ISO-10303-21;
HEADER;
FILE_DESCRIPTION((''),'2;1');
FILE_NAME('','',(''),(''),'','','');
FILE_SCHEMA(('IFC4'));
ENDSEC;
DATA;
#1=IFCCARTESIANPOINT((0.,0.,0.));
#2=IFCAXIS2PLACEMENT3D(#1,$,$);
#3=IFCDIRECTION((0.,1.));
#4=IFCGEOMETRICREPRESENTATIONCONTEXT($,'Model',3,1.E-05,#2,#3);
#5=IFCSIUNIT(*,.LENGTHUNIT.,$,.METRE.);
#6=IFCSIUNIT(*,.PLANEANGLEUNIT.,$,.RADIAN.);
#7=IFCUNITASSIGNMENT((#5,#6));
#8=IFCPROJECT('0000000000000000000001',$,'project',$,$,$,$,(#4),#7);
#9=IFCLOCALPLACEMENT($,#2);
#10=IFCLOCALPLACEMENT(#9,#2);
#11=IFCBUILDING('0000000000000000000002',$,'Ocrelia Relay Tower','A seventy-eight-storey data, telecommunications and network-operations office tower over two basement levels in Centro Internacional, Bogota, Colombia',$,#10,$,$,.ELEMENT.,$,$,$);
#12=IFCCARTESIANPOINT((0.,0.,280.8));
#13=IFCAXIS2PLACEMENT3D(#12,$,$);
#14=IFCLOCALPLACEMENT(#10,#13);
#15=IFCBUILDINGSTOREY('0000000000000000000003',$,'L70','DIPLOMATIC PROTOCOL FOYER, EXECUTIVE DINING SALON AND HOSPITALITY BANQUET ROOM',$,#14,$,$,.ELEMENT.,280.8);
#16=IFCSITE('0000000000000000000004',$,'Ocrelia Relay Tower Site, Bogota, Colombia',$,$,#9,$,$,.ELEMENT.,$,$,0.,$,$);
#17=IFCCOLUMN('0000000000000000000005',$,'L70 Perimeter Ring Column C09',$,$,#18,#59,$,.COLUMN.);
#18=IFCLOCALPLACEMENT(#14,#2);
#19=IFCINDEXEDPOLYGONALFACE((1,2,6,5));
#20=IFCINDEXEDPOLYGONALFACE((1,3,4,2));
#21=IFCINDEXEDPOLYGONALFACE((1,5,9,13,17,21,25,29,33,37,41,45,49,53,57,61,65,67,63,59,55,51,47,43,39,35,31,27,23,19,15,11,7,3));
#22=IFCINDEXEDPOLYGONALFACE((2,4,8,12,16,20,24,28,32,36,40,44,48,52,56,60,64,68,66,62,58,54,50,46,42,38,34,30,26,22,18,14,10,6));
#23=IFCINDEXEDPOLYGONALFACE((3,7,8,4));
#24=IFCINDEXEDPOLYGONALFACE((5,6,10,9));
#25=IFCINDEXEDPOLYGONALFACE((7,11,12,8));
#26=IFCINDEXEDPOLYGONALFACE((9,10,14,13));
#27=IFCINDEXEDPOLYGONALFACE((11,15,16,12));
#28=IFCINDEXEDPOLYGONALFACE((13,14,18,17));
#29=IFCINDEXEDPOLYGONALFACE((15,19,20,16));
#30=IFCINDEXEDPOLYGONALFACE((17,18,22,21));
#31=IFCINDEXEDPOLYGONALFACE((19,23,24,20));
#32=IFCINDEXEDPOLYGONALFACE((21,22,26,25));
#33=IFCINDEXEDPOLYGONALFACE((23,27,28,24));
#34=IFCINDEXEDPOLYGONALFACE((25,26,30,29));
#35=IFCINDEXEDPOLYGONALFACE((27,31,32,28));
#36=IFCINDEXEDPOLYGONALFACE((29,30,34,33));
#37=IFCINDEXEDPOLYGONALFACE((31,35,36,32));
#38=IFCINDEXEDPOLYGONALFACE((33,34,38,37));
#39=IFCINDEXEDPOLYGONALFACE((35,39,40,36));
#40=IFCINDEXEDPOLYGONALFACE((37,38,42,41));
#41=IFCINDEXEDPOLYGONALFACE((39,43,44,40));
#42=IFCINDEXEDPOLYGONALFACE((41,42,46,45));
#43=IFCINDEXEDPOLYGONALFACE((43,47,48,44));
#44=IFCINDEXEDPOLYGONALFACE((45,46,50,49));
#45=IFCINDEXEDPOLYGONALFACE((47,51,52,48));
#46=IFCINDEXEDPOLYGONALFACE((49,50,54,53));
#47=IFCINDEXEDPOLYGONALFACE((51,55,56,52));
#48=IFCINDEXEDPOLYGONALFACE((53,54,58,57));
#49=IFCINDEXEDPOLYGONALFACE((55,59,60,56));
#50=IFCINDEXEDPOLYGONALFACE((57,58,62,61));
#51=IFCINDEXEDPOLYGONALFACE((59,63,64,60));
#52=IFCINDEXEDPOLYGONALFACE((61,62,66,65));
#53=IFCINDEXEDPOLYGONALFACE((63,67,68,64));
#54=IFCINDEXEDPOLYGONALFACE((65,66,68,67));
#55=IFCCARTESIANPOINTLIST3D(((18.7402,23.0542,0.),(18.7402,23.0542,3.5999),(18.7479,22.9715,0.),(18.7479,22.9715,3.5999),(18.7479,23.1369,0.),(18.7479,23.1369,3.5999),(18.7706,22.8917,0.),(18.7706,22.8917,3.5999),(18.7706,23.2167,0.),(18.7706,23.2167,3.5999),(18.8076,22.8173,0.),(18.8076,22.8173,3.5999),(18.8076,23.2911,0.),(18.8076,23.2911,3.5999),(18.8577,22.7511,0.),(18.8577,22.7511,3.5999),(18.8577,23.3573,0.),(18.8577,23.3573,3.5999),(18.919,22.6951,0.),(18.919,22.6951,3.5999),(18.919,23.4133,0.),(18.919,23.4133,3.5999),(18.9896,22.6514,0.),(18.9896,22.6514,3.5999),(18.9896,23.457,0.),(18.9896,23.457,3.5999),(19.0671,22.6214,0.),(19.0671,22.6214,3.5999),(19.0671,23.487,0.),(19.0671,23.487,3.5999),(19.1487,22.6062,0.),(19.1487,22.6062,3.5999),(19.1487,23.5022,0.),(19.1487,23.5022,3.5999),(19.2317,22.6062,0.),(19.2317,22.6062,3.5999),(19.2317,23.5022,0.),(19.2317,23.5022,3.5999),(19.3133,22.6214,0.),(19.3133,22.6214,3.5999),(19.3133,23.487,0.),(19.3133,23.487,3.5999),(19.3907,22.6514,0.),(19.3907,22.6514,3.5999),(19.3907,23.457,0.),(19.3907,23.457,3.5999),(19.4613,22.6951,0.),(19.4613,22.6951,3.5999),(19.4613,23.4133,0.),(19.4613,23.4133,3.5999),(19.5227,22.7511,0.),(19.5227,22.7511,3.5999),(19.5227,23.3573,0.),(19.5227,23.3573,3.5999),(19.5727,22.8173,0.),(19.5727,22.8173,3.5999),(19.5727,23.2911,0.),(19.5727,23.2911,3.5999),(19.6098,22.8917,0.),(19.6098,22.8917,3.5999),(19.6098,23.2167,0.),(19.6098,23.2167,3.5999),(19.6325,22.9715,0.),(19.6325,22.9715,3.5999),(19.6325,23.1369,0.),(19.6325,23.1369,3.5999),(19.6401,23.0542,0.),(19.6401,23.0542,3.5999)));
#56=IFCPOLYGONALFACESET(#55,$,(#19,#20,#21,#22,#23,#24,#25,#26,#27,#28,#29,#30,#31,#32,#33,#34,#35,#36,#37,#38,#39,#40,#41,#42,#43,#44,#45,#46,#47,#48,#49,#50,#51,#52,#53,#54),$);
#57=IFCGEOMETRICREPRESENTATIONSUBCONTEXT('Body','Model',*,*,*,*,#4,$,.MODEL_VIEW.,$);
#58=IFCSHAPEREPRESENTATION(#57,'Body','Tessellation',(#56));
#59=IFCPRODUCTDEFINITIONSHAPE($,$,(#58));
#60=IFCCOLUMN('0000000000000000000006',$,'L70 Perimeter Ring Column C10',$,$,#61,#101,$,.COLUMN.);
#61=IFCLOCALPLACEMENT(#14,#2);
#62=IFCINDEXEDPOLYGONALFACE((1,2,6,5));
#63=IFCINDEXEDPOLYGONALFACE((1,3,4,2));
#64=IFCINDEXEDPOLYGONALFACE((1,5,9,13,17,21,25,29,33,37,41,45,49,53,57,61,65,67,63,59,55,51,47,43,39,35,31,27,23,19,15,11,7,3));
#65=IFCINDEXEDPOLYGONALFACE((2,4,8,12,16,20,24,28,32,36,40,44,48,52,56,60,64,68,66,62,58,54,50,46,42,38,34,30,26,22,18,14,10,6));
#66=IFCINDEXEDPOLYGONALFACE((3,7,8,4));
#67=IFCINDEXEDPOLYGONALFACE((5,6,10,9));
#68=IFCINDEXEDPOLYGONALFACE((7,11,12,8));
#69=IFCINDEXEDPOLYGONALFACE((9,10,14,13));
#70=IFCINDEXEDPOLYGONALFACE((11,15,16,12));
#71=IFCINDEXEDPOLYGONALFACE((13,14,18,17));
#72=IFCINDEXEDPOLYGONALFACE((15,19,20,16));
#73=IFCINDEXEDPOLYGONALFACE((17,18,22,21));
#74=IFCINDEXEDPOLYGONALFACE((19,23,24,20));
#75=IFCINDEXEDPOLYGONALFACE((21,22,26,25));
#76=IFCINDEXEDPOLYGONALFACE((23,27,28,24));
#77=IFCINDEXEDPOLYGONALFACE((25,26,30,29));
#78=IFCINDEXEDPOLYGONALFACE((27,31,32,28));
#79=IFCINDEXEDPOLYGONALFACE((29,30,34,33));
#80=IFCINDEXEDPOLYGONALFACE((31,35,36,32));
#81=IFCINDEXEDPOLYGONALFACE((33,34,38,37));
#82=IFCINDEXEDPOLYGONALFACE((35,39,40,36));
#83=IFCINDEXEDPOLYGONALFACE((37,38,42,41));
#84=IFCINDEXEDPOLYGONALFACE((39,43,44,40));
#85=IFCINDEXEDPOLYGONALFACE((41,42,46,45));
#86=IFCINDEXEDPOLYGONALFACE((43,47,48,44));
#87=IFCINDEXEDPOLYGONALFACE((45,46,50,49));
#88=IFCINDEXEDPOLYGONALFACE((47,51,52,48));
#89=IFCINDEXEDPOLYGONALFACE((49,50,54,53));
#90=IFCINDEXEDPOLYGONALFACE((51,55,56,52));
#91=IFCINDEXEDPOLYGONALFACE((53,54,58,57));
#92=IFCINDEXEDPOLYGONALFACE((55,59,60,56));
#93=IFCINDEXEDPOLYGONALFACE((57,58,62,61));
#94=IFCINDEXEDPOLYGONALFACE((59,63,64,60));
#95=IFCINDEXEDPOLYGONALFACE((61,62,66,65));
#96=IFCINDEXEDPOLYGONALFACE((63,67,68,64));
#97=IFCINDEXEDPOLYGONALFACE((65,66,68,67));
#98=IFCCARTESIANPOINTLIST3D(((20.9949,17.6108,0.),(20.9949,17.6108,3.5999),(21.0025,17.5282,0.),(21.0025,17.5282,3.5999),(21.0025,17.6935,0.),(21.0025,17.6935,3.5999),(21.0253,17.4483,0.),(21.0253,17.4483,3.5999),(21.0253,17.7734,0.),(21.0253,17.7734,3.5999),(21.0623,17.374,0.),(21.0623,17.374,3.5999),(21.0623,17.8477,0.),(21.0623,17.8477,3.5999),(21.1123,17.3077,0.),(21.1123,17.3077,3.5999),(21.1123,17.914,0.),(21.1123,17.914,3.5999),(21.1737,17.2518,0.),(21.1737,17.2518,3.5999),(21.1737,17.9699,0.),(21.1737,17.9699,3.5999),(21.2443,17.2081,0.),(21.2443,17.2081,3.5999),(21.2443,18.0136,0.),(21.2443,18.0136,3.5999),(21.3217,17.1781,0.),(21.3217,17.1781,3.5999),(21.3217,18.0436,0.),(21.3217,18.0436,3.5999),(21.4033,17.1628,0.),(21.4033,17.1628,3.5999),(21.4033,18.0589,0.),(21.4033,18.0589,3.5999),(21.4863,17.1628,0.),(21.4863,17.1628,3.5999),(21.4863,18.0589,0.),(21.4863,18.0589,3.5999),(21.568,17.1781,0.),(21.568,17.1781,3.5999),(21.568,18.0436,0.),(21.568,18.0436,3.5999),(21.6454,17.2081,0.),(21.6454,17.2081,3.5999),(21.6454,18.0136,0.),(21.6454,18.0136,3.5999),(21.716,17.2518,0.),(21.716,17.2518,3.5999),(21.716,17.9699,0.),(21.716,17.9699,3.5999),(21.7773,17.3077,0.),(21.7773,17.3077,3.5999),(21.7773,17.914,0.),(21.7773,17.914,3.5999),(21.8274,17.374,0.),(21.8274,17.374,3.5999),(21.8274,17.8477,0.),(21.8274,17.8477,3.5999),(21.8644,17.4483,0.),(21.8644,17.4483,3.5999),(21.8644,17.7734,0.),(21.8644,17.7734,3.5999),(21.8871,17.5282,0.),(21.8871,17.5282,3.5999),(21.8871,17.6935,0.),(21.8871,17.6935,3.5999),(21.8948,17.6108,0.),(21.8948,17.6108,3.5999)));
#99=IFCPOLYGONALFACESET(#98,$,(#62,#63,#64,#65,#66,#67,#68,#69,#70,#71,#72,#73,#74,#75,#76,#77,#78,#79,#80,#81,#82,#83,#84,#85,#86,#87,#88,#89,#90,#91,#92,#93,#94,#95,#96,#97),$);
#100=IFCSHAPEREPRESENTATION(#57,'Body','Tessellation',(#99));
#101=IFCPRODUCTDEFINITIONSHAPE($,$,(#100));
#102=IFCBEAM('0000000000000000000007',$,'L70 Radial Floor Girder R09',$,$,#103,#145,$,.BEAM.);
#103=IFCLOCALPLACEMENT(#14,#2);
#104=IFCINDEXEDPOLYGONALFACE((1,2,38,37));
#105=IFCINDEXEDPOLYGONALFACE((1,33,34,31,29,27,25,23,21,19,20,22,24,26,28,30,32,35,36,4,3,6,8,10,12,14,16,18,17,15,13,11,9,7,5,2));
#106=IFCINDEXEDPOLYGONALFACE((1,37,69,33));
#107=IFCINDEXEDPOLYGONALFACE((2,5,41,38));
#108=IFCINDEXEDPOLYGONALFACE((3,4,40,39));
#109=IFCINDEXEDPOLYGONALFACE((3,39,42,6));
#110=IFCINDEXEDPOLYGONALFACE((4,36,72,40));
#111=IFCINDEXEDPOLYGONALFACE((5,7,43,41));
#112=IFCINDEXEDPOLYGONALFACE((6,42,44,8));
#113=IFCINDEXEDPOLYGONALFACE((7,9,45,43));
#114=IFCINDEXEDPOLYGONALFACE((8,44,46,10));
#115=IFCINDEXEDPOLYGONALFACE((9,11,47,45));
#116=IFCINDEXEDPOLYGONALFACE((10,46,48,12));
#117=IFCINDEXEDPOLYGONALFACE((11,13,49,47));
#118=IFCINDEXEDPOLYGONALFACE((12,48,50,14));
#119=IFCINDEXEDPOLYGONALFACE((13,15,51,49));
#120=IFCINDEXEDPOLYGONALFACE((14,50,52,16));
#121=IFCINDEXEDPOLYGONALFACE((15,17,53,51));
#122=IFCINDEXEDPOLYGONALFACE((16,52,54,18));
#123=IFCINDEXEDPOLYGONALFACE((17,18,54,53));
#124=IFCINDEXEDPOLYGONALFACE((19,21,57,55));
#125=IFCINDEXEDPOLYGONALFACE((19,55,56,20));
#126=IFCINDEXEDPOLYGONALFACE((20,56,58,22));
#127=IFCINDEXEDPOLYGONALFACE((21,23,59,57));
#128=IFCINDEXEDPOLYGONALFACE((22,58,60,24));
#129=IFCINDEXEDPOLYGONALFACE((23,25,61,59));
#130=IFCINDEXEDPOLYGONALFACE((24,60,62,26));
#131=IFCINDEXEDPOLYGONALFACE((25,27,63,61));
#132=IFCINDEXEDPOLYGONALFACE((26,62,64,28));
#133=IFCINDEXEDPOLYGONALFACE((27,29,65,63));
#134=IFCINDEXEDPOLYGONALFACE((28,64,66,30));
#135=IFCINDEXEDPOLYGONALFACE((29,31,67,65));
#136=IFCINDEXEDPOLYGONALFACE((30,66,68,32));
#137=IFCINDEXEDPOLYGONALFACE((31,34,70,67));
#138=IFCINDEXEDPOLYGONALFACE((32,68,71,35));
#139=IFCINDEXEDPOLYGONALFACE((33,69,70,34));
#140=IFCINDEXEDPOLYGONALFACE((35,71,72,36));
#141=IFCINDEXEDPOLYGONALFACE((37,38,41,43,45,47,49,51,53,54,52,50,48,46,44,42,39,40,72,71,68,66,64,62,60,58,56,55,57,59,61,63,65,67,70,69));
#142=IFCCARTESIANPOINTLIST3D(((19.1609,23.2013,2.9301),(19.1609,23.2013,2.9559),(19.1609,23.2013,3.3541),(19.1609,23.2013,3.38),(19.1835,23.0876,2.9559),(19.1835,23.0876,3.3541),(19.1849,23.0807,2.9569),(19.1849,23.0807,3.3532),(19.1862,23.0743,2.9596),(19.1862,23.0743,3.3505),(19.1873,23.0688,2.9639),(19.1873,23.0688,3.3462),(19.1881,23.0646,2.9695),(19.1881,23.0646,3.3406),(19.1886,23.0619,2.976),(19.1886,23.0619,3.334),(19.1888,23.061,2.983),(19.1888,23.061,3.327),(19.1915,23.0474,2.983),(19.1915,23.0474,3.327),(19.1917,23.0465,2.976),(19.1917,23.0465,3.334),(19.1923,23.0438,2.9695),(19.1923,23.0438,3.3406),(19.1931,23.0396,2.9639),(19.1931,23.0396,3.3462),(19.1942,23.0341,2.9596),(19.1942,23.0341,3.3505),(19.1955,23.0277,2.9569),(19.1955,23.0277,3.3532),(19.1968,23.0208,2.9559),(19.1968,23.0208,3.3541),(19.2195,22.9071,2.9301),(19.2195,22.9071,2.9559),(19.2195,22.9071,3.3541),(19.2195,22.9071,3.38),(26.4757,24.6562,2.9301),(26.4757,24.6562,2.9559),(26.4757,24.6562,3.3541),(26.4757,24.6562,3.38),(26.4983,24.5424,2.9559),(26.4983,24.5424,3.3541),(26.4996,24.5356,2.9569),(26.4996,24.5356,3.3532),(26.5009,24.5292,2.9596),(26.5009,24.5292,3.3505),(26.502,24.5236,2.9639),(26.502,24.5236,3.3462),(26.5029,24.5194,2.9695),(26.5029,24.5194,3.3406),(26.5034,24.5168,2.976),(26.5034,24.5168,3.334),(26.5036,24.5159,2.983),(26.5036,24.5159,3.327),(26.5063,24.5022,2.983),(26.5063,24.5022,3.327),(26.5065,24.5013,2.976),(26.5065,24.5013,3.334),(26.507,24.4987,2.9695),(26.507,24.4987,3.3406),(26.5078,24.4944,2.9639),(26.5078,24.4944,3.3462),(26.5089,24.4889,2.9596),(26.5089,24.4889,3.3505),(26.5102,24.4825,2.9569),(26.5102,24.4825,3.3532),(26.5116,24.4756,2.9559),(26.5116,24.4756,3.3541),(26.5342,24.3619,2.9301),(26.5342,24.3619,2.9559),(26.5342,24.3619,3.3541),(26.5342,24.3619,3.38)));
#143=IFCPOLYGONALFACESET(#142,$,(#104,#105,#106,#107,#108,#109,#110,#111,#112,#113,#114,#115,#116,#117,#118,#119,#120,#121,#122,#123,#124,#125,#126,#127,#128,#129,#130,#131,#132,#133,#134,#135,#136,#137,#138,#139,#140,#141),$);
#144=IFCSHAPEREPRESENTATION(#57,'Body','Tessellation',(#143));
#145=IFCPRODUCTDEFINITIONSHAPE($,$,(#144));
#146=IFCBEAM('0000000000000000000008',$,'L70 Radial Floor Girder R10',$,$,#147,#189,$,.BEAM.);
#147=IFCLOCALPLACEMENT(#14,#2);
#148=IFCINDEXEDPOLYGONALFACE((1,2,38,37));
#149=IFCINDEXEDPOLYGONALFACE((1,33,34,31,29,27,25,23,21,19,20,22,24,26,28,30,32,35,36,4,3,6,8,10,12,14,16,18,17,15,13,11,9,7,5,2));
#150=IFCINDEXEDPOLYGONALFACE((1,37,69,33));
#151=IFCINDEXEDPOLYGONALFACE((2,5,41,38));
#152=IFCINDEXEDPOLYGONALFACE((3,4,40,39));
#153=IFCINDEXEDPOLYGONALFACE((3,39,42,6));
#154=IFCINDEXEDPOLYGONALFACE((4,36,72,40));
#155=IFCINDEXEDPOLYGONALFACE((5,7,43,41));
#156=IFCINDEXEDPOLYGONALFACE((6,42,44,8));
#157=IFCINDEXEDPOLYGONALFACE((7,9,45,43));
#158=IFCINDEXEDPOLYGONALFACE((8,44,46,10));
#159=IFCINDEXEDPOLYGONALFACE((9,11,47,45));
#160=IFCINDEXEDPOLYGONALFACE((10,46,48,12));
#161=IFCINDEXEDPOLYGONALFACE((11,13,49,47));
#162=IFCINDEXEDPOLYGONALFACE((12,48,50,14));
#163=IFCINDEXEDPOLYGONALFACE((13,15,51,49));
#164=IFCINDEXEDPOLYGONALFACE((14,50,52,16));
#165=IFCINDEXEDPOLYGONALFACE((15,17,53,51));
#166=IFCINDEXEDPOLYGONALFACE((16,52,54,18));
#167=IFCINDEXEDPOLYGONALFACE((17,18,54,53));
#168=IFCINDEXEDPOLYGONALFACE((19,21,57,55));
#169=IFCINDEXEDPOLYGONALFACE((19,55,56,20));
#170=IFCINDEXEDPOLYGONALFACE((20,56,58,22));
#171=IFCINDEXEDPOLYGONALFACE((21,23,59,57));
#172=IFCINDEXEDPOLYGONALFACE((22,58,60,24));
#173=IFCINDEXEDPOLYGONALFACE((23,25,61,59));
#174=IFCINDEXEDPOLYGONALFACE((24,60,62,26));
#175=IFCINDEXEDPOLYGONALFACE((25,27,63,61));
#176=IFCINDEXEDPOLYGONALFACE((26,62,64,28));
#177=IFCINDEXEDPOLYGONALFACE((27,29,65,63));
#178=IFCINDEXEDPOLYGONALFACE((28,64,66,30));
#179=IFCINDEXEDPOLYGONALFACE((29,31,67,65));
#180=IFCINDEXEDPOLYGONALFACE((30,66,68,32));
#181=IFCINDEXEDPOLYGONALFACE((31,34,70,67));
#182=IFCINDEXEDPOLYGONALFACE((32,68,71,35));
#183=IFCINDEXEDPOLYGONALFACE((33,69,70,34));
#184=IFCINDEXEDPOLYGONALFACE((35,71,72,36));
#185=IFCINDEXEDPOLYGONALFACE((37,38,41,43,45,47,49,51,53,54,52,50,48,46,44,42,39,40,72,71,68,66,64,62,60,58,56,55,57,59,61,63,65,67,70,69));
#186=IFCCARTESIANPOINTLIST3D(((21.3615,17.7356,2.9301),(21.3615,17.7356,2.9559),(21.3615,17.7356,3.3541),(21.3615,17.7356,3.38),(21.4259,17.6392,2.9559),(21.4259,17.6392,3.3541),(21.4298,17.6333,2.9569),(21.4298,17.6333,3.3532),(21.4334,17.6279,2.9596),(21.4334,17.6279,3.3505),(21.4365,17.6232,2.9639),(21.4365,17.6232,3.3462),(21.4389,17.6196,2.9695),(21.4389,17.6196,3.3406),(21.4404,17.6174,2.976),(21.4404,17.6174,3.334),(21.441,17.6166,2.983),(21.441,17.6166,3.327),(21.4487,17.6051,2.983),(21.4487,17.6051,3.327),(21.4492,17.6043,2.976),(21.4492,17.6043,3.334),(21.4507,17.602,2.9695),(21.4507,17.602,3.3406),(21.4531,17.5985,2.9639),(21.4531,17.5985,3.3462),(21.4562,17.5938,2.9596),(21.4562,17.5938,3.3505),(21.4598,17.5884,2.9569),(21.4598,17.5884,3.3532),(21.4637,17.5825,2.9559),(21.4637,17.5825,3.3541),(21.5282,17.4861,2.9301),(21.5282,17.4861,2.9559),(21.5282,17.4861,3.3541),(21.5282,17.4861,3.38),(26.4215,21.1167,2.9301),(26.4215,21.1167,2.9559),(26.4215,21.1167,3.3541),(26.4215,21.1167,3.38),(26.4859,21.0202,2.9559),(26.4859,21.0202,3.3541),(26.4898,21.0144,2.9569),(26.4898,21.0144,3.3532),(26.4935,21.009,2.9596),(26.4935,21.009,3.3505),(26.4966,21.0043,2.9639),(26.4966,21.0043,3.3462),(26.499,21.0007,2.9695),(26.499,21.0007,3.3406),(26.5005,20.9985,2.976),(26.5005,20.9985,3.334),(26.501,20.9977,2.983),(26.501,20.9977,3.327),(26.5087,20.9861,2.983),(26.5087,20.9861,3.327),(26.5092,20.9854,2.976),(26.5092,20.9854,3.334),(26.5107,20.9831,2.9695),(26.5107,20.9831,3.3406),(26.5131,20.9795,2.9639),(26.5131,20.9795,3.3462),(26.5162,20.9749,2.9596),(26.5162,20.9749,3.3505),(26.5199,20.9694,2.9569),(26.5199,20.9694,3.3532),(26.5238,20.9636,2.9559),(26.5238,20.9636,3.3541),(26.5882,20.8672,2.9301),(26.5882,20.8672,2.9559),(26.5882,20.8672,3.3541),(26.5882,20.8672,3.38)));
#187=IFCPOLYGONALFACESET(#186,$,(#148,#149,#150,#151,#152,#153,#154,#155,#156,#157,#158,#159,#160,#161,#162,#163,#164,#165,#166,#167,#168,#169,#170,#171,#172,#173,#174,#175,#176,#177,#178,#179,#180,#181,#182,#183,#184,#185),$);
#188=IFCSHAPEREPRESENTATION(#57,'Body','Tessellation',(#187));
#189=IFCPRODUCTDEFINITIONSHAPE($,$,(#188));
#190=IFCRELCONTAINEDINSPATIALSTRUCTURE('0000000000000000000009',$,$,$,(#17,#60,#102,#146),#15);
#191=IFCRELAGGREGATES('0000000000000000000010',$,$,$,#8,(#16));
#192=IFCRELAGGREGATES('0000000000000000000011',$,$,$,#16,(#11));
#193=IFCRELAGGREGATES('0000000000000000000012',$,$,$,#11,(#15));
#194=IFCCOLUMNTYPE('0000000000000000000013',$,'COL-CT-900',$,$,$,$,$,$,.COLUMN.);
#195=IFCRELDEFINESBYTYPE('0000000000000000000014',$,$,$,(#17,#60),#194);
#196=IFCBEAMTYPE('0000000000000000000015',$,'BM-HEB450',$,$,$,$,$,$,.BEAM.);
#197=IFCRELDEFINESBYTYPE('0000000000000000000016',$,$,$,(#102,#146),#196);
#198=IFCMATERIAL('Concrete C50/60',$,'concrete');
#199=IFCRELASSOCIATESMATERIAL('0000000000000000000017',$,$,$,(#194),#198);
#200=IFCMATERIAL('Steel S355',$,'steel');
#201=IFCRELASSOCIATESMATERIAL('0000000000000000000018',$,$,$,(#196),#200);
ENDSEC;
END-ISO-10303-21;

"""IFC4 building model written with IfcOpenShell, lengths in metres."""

from ifc_helpers import new_model, si_unit, direction, frame, origin, origin_2d, place, context, subcontext, project, spatial, circle, i_section, extrude, material, material_profile, profile_set, type_object, element, save


model = new_model("IFC4")

# Units and contexts
model_context = context("Model", 3, precision=1e-05, world=origin(), true_north=direction((0.0, 1.0)))
body_context = subcontext(model_context, "Body", "Model", "MODEL_VIEW")
ifc_project = project(units=[si_unit("LENGTHUNIT", "METRE"), si_unit("PLANEANGLEUNIT", "RADIAN")], contexts=[model_context])

# Site, building, storey
site_placement = place(None, origin())
site = spatial("IfcSite", under=ifc_project, at=site_placement, Name="Ocrelia Relay Tower Site, Bogota, Colombia", CompositionType="ELEMENT", RefElevation=0.0)
building_placement = place(site_placement, origin())
building = spatial("IfcBuilding", under=site, at=building_placement, Name="Ocrelia Relay Tower", Description="A seventy-eight-storey data, telecommunications and network-operations office tower over two basement levels in Centro Internacional, Bogota, Colombia", CompositionType="ELEMENT")
storey_placement = place(building_placement, frame((0.0, 0.0, 280.8)))
storey = spatial("IfcBuildingStorey", under=building, at=storey_placement, Name="L70", Description="DIPLOMATIC PROTOCOL FOYER, EXECUTIVE DINING SALON AND HOSPITALITY BANQUET ROOM", CompositionType="ELEMENT", Elevation=280.8)

# Columns
ifc_material_1 = material(Name="Concrete C50/60", Category="concrete")
ifc_material_profile_1 = material_profile(ifc_material_1, circle(Radius=0.45, at=origin_2d()), Name="RC-CIR-900")
ifc_profile_set_1 = profile_set([ifc_material_profile_1], Name="Concrete C50/60")
column_type = type_object("IfcColumnType", Name="COL-CT-900", PredefinedType="COLUMN", material=ifc_profile_set_1)
for number, where, z_axis, x_axis, name in (
    (1, (19.1902, 23.0542, 0.0), (0.0, 0.0, 1.0), (1.0, 0.0, 0.0), "L70 Perimeter Ring Column C09"),
    (2, (21.4448, 17.6108, 0.0), (0.0, 0.0, 1.0), (1.0, 0.0, 0.0), "L70 Perimeter Ring Column C10"),
):
    element("IfcColumn", number, at=place(storey_placement, frame(where, z_axis=z_axis, x_axis=x_axis)), inside=storey, type_object=column_type, Name=name, PredefinedType="COLUMN", context=body_context, shape_type="SweptSolid", body=[
        extrude(circle(Radius=0.45, at=origin_2d()), origin(), (0.0, 0.0, 1.0), 3.5999),
    ])

# Beams
ifc_material_2 = material(Name="Steel S355", Category="steel")
ifc_material_profile_2 = material_profile(ifc_material_2, i_section(OverallWidth=0.3, OverallDepth=0.45, WebThickness=0.0139, FlangeThickness=0.0259, FilletRadius=0.0271, at=origin_2d()), Name="HEB 450")
ifc_profile_set_2 = profile_set([ifc_material_profile_2], Name="Steel S355")
beam_type_1 = type_object("IfcBeamType", Name="BM-HEB450", PredefinedType="BEAM", material=ifc_profile_set_2)
beam_1_placement = place(storey_placement, frame((19.1902, 23.0542, 3.155), z_axis=(0.980789, 0.195071, 0.0), x_axis=(-0.195071, 0.980789, 0.0)))
element("IfcBeam", 3, at=beam_1_placement, inside=storey, type_object=beam_type_1, Name="L70 Radial Floor Girder R09", PredefinedType="BEAM", context=body_context, shape_type="SweptSolid", body=[
    extrude(i_section(OverallWidth=0.3, OverallDepth=0.45, WebThickness=0.0139, FlangeThickness=0.0259, FilletRadius=0.0271, at=origin_2d()), origin(), (0.0, 0.0, 1.0), 7.458),
])
beam_2_placement = place(storey_placement, frame((21.4448, 17.6108, 3.155), z_axis=(0.831464, 0.555579, 0.0), x_axis=(-0.555579, 0.831464, 0.0)))
element("IfcBeam", 4, at=beam_2_placement, inside=storey, type_object=beam_type_1, Name="L70 Radial Floor Girder R10", PredefinedType="BEAM", context=body_context, shape_type="SweptSolid", body=[
    extrude(i_section(OverallWidth=0.3, OverallDepth=0.45, WebThickness=0.0139, FlangeThickness=0.0259, FilletRadius=0.0271, at=origin_2d()), origin(), (0.0, 0.0, 1.0), 6.0857),
])

save(model, "model.ifc")
